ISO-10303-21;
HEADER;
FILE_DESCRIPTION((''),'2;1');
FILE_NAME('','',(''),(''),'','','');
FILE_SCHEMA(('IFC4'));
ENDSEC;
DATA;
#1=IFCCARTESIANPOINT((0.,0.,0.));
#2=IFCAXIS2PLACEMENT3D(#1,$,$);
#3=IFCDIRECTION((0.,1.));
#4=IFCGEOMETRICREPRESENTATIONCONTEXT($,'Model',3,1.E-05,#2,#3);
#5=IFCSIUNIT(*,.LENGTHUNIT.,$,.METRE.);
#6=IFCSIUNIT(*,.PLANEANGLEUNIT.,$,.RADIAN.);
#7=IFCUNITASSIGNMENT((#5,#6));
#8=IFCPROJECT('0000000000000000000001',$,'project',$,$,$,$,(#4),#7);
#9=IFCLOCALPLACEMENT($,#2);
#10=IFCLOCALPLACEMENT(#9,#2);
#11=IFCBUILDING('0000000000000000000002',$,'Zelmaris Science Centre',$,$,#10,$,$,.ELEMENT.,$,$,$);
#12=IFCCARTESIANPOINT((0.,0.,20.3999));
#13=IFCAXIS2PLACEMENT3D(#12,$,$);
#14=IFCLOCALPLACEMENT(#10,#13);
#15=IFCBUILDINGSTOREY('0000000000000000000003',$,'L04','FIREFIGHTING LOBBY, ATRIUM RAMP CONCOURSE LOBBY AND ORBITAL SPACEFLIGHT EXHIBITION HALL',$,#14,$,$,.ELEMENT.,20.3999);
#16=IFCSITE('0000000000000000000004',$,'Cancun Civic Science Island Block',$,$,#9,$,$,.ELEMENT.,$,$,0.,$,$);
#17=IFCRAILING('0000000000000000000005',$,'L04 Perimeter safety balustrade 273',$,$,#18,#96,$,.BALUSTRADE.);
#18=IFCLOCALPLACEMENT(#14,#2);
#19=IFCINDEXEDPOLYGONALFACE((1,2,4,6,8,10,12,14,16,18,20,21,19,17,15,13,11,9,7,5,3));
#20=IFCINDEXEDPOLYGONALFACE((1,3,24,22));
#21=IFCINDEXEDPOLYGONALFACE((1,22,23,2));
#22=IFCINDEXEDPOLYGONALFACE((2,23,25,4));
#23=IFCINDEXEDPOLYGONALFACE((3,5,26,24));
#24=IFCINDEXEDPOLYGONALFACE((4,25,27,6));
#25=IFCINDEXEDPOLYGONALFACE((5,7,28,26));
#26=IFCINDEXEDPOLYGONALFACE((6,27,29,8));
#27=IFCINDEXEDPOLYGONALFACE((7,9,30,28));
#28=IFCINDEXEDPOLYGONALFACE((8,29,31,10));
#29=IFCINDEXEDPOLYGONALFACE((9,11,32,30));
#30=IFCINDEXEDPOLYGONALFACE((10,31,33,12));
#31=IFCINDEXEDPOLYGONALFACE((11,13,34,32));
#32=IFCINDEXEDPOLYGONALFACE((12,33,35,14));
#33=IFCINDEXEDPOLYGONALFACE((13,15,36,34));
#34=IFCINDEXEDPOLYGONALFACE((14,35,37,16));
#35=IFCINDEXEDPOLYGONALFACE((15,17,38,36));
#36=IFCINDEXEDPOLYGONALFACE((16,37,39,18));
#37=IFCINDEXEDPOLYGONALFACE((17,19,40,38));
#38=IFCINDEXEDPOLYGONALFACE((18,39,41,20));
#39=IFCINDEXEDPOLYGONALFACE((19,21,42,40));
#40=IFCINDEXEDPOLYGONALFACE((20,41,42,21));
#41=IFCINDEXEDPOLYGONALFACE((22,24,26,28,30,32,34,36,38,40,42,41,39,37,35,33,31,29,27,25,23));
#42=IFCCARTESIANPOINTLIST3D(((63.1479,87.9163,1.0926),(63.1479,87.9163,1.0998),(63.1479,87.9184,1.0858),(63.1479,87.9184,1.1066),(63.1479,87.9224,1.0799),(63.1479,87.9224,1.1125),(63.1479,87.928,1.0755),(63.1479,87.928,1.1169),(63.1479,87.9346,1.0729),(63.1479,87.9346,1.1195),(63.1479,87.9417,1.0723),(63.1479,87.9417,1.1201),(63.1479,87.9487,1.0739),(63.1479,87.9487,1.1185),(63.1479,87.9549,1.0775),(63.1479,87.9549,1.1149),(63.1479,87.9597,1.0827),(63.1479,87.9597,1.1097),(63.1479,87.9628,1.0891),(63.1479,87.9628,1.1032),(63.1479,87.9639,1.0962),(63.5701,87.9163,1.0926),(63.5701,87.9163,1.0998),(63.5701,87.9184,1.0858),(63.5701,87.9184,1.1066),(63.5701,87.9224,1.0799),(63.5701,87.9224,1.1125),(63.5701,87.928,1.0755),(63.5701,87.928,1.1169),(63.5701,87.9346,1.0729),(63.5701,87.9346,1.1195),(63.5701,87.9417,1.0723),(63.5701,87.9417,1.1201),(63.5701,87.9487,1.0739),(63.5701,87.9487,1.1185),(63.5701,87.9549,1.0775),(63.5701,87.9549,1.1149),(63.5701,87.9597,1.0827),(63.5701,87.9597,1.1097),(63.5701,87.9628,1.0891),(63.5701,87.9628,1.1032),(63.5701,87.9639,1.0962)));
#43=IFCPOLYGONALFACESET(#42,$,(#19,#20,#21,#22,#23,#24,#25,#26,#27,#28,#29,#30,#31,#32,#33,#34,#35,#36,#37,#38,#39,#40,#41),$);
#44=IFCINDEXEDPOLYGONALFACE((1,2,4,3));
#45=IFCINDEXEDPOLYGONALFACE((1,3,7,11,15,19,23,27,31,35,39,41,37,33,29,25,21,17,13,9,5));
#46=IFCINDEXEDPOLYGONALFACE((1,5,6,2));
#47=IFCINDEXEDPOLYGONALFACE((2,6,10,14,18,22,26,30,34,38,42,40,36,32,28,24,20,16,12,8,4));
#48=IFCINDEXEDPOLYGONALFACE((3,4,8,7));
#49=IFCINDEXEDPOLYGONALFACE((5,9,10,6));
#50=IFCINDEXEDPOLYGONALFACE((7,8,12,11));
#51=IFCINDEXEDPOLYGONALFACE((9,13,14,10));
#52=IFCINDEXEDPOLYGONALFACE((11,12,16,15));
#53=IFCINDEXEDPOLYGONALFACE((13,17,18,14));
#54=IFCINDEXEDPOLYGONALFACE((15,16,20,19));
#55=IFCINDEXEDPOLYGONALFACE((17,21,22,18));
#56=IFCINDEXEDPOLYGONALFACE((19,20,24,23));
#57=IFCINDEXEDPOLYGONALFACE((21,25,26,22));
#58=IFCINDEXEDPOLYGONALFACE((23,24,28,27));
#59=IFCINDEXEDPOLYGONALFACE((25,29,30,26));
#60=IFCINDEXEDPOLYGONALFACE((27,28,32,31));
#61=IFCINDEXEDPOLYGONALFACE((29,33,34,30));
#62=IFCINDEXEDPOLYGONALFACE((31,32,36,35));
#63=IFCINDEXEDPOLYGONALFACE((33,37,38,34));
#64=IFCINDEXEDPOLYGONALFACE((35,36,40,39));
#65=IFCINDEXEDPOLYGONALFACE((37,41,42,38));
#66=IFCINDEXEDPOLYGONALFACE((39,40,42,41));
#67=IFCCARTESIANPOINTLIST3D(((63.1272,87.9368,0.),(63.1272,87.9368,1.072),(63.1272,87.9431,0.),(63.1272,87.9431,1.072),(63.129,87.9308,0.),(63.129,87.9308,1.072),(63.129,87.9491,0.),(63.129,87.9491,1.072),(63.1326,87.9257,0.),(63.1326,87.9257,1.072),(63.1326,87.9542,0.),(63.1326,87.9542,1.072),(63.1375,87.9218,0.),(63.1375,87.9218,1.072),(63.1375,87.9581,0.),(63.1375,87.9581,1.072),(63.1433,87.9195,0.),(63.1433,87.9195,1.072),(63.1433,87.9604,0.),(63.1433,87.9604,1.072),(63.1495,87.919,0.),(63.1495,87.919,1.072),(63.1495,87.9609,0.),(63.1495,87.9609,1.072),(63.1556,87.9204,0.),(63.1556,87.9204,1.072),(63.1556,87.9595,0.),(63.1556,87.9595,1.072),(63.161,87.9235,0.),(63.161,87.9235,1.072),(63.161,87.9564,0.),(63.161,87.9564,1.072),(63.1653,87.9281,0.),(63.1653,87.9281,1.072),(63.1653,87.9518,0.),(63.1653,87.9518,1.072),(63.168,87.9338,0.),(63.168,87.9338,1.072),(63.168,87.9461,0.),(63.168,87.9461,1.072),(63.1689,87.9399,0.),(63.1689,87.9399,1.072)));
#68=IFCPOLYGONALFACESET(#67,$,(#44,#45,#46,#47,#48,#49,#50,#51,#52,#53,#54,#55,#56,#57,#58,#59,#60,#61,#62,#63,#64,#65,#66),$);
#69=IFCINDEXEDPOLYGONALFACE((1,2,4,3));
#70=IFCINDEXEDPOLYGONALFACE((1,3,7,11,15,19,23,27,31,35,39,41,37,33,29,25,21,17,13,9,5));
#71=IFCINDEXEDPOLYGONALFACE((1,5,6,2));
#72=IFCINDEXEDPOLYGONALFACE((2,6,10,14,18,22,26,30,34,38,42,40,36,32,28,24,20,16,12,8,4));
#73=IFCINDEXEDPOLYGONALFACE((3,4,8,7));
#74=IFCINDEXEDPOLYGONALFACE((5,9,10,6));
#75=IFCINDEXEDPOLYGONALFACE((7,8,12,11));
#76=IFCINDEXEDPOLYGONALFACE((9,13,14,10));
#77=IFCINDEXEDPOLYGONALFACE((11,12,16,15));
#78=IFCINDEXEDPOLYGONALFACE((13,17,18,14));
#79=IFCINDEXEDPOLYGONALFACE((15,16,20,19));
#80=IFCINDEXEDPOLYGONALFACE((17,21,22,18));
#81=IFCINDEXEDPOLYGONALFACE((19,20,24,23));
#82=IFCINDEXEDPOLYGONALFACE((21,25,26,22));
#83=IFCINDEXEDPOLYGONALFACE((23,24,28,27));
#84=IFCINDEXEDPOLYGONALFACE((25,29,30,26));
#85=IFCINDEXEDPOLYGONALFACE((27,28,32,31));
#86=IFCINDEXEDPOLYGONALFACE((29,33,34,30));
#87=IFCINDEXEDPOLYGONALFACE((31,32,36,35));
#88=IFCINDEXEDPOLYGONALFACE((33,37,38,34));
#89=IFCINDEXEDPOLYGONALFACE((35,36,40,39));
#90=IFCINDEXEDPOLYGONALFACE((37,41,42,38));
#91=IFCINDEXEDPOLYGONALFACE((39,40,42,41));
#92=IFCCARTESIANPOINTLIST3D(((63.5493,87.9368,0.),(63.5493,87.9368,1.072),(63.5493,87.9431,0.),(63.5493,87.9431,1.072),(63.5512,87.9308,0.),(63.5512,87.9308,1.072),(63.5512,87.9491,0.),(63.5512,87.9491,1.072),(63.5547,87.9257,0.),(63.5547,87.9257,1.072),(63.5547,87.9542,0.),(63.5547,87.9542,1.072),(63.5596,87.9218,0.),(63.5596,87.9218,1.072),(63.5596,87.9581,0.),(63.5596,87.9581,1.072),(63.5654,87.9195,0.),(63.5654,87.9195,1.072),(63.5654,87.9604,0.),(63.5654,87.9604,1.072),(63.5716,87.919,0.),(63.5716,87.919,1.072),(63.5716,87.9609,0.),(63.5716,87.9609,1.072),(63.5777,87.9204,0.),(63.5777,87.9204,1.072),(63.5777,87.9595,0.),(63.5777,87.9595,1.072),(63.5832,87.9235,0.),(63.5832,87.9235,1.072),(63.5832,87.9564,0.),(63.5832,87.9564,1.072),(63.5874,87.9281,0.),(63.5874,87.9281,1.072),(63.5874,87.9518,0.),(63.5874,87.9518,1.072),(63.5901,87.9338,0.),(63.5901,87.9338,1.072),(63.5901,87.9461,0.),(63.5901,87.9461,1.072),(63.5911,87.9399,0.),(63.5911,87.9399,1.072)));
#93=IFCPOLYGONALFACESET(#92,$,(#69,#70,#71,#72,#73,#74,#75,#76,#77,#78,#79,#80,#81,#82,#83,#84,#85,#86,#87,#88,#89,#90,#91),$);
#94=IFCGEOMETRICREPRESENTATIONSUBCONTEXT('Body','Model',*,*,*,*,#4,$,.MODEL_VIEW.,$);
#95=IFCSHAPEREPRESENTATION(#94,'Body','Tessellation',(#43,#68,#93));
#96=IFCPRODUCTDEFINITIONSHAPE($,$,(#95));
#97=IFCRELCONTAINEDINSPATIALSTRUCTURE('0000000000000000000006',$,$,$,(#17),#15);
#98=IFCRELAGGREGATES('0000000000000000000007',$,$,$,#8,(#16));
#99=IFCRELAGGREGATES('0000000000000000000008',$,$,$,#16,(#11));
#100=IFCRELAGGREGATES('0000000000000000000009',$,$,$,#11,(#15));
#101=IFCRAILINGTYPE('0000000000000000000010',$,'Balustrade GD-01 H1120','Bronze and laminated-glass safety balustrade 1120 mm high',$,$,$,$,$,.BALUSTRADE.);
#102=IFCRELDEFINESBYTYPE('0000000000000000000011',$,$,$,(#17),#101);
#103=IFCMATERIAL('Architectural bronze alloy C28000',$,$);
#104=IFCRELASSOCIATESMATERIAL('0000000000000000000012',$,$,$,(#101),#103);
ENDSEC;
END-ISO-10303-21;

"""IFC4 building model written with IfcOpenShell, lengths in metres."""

from ifc_helpers import new_model, si_unit, direction, frame, origin, origin_2d, place, context, subcontext, project, spatial, circle, extrude, material, type_object, element, save


model = new_model("IFC4")

# Units and contexts
model_context = context("Model", 3, precision=1e-05, world=origin(), true_north=direction((0.0, 1.0)))
body_context = subcontext(model_context, "Body", "Model", "MODEL_VIEW")
ifc_project = project(units=[si_unit("LENGTHUNIT", "METRE"), si_unit("PLANEANGLEUNIT", "RADIAN")], contexts=[model_context])

# Site, building, storey
site_placement = place(None, origin())
site = spatial("IfcSite", under=ifc_project, at=site_placement, Name="Cancun Civic Science Island Block", CompositionType="ELEMENT", RefElevation=0.0)
building_placement = place(site_placement, origin())
building = spatial("IfcBuilding", under=site, at=building_placement, Name="Zelmaris Science Centre", CompositionType="ELEMENT")
storey_placement = place(building_placement, frame((0.0, 0.0, 20.3999)))
storey = spatial("IfcBuildingStorey", under=building, at=storey_placement, Name="L04", Description="FIREFIGHTING LOBBY, ATRIUM RAMP CONCOURSE LOBBY AND ORBITAL SPACEFLIGHT EXHIBITION HALL", CompositionType="ELEMENT", Elevation=20.3999)

# Railing
ifc_material_1 = material(Name="Architectural bronze alloy C28000")
railing_type = type_object("IfcRailingType", Name="Balustrade GD-01 H1120", Description="Bronze and laminated-glass safety balustrade 1120 mm high", PredefinedType="BALUSTRADE", material=ifc_material_1)
railing_placement = place(storey_placement, frame((63.1479, 87.9399, 0.0)))
element("IfcRailing", 1, at=railing_placement, inside=storey, type_object=railing_type, Name="L04 Perimeter safety balustrade 273", PredefinedType="BALUSTRADE", context=body_context, shape_type="SweptSolid", body=[
    extrude(circle(Radius=0.0239, at=origin_2d()), frame((0.0, 0.0, 1.0962), z_axis=(1.0, 0.0, 0.0), x_axis=(0.0, 1.0, 0.0)), (0.0, 0.0, 1.0), 0.4221),
    extrude(circle(Radius=0.021, at=origin_2d()), origin(), (0.0, 0.0, 1.0), 1.072),
    extrude(circle(Radius=0.021, at=origin_2d()), frame((0.4221, 0.0, 0.0)), (0.0, 0.0, 1.0), 1.072),
])

save(model, "model.ifc")
